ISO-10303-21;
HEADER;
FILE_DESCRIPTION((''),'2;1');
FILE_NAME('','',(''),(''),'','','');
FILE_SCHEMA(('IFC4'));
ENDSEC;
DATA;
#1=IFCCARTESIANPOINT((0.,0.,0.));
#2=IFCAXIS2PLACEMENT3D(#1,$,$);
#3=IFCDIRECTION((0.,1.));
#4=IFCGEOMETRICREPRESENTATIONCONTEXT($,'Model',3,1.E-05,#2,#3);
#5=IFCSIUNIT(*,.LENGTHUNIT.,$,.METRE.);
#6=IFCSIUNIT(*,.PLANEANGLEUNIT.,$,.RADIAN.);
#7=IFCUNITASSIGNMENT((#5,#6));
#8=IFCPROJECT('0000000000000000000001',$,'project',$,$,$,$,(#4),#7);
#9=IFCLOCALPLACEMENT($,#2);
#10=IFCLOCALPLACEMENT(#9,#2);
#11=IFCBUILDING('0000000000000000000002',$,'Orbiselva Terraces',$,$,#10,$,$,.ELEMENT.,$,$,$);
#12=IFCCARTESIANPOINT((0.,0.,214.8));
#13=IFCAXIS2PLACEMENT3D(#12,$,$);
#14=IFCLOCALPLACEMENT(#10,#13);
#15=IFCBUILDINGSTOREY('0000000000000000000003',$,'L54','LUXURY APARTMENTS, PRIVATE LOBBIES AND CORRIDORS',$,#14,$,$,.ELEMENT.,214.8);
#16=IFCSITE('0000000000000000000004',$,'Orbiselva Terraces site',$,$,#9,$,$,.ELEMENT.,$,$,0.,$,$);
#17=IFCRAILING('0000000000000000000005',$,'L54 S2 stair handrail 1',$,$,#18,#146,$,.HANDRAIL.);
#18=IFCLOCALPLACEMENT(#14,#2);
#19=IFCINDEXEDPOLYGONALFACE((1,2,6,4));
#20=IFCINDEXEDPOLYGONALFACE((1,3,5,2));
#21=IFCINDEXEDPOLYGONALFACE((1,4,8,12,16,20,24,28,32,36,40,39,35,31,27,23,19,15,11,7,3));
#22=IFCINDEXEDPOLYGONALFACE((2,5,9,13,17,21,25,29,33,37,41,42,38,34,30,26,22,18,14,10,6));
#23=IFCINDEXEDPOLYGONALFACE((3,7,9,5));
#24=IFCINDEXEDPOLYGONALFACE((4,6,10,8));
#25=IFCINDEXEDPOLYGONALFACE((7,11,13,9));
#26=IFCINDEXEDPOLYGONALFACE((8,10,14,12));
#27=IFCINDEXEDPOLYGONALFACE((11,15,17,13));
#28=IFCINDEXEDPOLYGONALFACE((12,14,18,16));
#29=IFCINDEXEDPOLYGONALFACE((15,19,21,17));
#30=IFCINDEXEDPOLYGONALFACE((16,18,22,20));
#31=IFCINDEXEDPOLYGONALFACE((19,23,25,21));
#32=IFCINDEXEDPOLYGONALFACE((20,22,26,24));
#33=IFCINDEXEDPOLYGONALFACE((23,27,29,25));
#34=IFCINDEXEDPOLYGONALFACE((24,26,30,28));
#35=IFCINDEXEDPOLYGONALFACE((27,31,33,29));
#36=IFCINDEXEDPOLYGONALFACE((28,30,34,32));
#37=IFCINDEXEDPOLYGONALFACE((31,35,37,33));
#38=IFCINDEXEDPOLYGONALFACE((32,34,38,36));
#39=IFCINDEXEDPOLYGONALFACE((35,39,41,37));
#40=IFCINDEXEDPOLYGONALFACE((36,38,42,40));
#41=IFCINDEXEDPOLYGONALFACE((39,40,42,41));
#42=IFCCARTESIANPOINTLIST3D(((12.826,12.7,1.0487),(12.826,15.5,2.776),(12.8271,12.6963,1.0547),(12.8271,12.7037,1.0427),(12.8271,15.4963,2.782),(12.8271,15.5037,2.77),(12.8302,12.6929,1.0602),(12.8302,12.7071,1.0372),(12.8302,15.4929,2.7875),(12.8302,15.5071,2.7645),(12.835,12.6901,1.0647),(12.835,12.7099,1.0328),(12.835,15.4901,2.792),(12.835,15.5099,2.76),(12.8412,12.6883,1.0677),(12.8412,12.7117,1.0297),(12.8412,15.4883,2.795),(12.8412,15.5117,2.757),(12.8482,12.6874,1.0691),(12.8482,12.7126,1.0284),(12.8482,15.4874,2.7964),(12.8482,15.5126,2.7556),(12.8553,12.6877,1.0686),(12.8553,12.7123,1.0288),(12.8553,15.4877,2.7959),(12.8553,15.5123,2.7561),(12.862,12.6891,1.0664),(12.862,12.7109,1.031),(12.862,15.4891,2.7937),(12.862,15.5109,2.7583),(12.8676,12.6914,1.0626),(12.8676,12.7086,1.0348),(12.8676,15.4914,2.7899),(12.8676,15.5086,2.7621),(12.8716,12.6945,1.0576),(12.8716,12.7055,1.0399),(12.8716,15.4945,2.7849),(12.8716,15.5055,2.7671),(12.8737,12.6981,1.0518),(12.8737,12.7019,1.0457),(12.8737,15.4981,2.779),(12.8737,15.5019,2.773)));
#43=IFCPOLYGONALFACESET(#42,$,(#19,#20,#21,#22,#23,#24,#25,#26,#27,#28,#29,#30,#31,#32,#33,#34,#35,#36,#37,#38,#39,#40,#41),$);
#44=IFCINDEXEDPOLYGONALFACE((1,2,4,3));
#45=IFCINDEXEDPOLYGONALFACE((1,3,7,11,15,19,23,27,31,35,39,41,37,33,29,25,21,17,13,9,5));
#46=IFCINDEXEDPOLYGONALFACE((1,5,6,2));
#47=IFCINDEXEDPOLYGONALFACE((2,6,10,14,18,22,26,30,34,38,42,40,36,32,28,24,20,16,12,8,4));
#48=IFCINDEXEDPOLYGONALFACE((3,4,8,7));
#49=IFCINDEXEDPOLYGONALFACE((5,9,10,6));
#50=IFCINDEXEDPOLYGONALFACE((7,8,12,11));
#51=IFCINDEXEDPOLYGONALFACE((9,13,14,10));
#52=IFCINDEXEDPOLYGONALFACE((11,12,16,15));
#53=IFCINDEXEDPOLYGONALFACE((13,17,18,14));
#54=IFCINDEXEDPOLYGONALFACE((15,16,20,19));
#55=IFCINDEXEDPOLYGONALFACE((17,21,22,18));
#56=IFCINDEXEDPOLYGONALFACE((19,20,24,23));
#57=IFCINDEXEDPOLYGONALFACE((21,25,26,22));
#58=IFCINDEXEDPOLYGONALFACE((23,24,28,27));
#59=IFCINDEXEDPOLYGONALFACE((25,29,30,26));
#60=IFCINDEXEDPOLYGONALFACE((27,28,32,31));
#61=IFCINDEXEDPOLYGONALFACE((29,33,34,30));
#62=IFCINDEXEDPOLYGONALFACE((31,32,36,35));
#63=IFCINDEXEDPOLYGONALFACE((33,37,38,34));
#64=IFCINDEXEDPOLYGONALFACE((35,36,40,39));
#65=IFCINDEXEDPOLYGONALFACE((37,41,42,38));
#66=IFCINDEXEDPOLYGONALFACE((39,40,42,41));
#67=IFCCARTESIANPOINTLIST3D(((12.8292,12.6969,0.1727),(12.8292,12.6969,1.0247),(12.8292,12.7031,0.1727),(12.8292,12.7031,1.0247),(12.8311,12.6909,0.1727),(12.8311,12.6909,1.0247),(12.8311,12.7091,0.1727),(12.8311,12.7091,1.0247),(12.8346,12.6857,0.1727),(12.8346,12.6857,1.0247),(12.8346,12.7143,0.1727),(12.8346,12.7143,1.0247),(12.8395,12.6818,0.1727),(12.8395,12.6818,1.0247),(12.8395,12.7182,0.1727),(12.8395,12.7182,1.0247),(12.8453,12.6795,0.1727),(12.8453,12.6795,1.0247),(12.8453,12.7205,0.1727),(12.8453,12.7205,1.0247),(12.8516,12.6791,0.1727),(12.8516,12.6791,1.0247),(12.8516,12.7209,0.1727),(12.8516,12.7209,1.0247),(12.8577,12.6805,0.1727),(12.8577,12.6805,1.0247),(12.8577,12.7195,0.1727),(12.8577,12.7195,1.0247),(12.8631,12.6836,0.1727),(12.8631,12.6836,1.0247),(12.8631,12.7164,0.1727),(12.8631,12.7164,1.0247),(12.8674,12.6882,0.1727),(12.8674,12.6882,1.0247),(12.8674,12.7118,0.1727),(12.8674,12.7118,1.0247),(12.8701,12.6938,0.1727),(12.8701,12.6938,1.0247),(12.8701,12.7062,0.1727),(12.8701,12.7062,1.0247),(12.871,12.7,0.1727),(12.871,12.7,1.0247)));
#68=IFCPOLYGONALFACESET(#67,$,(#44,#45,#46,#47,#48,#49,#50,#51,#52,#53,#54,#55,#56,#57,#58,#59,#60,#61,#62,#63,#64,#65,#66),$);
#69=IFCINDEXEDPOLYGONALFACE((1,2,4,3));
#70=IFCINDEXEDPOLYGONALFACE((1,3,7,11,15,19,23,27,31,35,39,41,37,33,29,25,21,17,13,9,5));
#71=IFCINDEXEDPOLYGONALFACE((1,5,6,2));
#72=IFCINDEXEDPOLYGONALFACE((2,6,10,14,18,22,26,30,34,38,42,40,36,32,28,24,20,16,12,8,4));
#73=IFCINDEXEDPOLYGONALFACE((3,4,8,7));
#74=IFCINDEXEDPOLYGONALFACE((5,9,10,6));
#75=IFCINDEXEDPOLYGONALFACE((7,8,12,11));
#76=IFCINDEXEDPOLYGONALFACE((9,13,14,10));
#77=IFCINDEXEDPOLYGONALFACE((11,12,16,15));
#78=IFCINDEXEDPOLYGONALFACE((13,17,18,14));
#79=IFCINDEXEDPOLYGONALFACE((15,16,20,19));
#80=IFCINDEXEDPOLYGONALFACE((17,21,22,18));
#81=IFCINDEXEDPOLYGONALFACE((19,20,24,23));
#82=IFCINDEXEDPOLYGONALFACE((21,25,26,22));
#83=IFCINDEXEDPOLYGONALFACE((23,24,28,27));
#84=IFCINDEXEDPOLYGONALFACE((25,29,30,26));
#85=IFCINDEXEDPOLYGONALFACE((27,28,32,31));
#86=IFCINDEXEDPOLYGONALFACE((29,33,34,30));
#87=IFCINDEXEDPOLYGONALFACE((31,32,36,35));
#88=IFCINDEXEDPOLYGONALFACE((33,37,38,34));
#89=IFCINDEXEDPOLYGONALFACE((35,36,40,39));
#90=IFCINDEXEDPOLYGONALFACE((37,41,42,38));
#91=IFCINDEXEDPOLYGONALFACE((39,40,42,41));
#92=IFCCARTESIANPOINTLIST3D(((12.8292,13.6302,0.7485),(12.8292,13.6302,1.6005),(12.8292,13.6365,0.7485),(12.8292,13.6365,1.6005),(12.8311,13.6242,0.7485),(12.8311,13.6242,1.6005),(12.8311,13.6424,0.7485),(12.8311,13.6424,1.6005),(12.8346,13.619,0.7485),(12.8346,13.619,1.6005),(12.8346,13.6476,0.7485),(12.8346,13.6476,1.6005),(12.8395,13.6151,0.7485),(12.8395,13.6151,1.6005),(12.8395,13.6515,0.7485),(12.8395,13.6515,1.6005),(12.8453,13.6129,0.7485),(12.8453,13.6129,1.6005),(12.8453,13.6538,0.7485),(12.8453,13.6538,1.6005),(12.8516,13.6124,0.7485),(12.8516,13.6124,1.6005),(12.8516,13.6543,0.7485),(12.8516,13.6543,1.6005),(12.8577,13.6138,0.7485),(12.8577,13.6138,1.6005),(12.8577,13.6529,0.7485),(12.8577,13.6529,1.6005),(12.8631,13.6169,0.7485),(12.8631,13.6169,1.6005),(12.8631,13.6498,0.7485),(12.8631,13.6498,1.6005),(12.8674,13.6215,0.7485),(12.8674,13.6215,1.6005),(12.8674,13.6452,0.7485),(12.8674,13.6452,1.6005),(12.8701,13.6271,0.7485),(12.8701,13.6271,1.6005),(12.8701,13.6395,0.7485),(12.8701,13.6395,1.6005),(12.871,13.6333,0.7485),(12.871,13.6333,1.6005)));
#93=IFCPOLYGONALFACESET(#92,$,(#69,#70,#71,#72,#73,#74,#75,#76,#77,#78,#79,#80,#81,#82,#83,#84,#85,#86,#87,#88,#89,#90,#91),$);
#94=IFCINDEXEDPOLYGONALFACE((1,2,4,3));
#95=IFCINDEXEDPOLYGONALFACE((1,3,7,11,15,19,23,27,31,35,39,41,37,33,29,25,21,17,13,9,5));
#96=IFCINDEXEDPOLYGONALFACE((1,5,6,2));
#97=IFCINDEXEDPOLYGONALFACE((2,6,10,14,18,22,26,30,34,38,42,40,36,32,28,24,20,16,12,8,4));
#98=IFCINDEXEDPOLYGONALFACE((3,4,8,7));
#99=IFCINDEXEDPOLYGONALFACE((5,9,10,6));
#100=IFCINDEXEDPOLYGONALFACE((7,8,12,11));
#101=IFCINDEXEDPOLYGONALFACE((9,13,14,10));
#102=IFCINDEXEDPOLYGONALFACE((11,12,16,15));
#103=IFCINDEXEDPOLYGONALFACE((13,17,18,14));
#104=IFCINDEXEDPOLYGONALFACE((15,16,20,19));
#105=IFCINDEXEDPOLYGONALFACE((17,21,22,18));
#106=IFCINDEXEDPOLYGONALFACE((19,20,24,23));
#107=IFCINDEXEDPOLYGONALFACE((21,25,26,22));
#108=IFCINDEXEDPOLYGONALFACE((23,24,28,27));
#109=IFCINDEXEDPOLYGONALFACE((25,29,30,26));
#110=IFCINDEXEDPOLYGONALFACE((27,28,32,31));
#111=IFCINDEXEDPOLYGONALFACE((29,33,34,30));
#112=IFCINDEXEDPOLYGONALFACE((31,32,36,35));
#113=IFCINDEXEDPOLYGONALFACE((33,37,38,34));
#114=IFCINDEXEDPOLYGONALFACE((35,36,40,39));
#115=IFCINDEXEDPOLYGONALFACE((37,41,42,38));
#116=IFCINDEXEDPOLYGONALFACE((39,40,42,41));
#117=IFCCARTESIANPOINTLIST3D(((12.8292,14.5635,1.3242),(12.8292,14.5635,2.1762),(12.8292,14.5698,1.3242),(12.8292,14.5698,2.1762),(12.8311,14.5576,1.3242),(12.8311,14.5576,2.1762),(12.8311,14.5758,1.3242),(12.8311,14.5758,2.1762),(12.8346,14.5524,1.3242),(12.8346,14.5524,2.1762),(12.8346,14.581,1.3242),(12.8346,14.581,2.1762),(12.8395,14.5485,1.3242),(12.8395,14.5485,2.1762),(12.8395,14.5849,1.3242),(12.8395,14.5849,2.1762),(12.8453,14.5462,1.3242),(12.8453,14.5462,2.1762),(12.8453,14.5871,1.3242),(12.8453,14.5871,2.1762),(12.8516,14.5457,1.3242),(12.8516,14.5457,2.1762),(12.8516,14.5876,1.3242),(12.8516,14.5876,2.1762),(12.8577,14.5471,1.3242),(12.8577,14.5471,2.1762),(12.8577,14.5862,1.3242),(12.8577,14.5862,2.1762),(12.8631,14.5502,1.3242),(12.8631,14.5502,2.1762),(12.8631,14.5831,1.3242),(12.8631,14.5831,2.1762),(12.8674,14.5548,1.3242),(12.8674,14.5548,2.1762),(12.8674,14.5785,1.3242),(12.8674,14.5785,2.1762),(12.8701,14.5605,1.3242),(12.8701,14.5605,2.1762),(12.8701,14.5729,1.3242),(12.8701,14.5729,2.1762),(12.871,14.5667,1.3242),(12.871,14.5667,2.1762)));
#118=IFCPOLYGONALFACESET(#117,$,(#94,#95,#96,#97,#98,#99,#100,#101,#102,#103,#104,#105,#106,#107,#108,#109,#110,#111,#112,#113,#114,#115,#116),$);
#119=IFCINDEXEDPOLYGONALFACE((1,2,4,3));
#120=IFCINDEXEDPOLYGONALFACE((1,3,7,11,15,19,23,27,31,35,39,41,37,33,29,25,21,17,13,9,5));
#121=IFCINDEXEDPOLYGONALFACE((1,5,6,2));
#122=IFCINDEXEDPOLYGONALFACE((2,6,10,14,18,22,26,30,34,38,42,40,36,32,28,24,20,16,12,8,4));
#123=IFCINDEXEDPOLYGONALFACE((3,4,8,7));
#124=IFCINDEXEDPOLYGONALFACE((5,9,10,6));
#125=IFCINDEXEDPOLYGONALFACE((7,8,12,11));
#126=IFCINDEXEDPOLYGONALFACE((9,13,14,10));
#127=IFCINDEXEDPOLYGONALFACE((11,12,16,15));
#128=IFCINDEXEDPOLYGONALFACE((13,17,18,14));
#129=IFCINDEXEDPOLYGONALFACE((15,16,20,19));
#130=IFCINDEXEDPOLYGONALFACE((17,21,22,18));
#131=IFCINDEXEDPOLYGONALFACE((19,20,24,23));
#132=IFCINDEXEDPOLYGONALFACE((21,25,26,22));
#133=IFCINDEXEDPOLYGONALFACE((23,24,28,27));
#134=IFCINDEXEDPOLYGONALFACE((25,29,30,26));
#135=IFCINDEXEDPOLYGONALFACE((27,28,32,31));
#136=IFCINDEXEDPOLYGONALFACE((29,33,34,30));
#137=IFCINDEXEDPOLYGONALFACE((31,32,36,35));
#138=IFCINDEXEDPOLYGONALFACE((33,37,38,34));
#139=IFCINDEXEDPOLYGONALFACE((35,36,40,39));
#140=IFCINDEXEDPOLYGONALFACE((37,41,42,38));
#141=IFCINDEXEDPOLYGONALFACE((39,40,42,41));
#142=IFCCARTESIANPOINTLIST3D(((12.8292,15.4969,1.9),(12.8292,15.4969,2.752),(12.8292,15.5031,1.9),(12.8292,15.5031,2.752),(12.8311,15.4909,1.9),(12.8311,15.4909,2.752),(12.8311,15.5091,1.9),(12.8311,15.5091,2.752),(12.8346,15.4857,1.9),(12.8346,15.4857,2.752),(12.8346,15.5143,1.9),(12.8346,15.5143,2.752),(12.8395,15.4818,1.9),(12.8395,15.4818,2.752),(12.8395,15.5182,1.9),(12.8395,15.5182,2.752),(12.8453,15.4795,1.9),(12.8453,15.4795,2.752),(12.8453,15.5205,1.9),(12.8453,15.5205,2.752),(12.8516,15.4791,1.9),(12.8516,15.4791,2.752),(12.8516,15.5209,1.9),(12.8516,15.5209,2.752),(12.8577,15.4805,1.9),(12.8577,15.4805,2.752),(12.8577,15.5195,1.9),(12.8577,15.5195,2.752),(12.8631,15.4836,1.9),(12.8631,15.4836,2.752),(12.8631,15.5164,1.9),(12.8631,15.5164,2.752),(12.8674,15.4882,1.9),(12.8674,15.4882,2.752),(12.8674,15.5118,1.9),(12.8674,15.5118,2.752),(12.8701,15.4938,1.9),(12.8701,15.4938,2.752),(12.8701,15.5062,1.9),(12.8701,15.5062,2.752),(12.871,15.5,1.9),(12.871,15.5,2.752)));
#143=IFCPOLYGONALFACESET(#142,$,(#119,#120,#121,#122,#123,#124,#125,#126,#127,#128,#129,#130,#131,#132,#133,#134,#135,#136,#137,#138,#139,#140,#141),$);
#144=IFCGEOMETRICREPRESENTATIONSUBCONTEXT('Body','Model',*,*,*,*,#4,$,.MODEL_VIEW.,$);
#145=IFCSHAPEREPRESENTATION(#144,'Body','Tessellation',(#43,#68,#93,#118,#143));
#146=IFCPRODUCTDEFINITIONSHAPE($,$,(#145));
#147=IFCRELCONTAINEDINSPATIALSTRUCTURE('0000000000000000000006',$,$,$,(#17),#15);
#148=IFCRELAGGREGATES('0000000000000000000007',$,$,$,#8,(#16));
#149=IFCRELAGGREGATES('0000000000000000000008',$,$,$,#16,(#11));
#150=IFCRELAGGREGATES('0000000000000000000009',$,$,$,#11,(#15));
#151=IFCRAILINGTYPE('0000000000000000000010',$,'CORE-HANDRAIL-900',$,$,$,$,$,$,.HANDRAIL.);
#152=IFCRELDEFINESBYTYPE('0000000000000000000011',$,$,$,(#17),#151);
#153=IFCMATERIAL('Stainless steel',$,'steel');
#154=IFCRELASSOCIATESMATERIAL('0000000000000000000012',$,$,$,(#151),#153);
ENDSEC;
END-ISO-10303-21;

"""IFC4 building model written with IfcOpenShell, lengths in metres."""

from ifc_helpers import new_model, si_unit, direction, frame, origin, origin_2d, place, context, subcontext, project, spatial, circle, extrude, material, type_object, element, save


model = new_model("IFC4")

# Units and contexts
model_context = context("Model", 3, precision=1e-05, world=origin(), true_north=direction((0.0, 1.0)))
body_context = subcontext(model_context, "Body", "Model", "MODEL_VIEW")
ifc_project = project(units=[si_unit("LENGTHUNIT", "METRE"), si_unit("PLANEANGLEUNIT", "RADIAN")], contexts=[model_context])

# Site, building, storey
site_placement = place(None, origin())
site = spatial("IfcSite", under=ifc_project, at=site_placement, Name="Orbiselva Terraces site", CompositionType="ELEMENT", RefElevation=0.0)
building_placement = place(site_placement, origin())
building = spatial("IfcBuilding", under=site, at=building_placement, Name="Orbiselva Terraces", CompositionType="ELEMENT")
storey_placement = place(building_placement, frame((0.0, 0.0, 214.8)))
storey = spatial("IfcBuildingStorey", under=building, at=storey_placement, Name="L54", Description="LUXURY APARTMENTS, PRIVATE LOBBIES AND CORRIDORS", CompositionType="ELEMENT", Elevation=214.8)

# Railing
ifc_material_1 = material(Name="Stainless steel", Category="steel")
railing_type = type_object("IfcRailingType", Name="CORE-HANDRAIL-900", PredefinedType="HANDRAIL", material=ifc_material_1)
railing_1_placement = place(storey_placement, frame((12.85, 12.7, 0.1727)))
element("IfcRailing", 1, at=railing_1_placement, inside=storey, type_object=railing_type, Name="L54 S2 stair handrail 1", PredefinedType="HANDRAIL", context=body_context, shape_type="SweptSolid", body=[
    extrude(circle(Radius=0.024, at=origin_2d()), frame((0.0, 0.0, 0.876), z_axis=(0.0, 0.851089, 0.525022), x_axis=(-1.0, 0.0, 0.0)), (0.0, 0.0, 1.0), 3.2899),
    extrude(circle(Radius=0.021, at=origin_2d()), origin(), (0.0, 0.0, 1.0), 0.852),
    extrude(circle(Radius=0.021, at=origin_2d()), frame((0.0, 0.9333, 0.5758)), (0.0, 0.0, 1.0), 0.852),
    extrude(circle(Radius=0.021, at=origin_2d()), frame((0.0, 1.8667, 1.1515)), (0.0, 0.0, 1.0), 0.852),
    extrude(circle(Radius=0.021, at=origin_2d()), frame((0.0, 2.8, 1.7273)), (0.0, 0.0, 1.0), 0.852),
])

save(model, "model.ifc")
